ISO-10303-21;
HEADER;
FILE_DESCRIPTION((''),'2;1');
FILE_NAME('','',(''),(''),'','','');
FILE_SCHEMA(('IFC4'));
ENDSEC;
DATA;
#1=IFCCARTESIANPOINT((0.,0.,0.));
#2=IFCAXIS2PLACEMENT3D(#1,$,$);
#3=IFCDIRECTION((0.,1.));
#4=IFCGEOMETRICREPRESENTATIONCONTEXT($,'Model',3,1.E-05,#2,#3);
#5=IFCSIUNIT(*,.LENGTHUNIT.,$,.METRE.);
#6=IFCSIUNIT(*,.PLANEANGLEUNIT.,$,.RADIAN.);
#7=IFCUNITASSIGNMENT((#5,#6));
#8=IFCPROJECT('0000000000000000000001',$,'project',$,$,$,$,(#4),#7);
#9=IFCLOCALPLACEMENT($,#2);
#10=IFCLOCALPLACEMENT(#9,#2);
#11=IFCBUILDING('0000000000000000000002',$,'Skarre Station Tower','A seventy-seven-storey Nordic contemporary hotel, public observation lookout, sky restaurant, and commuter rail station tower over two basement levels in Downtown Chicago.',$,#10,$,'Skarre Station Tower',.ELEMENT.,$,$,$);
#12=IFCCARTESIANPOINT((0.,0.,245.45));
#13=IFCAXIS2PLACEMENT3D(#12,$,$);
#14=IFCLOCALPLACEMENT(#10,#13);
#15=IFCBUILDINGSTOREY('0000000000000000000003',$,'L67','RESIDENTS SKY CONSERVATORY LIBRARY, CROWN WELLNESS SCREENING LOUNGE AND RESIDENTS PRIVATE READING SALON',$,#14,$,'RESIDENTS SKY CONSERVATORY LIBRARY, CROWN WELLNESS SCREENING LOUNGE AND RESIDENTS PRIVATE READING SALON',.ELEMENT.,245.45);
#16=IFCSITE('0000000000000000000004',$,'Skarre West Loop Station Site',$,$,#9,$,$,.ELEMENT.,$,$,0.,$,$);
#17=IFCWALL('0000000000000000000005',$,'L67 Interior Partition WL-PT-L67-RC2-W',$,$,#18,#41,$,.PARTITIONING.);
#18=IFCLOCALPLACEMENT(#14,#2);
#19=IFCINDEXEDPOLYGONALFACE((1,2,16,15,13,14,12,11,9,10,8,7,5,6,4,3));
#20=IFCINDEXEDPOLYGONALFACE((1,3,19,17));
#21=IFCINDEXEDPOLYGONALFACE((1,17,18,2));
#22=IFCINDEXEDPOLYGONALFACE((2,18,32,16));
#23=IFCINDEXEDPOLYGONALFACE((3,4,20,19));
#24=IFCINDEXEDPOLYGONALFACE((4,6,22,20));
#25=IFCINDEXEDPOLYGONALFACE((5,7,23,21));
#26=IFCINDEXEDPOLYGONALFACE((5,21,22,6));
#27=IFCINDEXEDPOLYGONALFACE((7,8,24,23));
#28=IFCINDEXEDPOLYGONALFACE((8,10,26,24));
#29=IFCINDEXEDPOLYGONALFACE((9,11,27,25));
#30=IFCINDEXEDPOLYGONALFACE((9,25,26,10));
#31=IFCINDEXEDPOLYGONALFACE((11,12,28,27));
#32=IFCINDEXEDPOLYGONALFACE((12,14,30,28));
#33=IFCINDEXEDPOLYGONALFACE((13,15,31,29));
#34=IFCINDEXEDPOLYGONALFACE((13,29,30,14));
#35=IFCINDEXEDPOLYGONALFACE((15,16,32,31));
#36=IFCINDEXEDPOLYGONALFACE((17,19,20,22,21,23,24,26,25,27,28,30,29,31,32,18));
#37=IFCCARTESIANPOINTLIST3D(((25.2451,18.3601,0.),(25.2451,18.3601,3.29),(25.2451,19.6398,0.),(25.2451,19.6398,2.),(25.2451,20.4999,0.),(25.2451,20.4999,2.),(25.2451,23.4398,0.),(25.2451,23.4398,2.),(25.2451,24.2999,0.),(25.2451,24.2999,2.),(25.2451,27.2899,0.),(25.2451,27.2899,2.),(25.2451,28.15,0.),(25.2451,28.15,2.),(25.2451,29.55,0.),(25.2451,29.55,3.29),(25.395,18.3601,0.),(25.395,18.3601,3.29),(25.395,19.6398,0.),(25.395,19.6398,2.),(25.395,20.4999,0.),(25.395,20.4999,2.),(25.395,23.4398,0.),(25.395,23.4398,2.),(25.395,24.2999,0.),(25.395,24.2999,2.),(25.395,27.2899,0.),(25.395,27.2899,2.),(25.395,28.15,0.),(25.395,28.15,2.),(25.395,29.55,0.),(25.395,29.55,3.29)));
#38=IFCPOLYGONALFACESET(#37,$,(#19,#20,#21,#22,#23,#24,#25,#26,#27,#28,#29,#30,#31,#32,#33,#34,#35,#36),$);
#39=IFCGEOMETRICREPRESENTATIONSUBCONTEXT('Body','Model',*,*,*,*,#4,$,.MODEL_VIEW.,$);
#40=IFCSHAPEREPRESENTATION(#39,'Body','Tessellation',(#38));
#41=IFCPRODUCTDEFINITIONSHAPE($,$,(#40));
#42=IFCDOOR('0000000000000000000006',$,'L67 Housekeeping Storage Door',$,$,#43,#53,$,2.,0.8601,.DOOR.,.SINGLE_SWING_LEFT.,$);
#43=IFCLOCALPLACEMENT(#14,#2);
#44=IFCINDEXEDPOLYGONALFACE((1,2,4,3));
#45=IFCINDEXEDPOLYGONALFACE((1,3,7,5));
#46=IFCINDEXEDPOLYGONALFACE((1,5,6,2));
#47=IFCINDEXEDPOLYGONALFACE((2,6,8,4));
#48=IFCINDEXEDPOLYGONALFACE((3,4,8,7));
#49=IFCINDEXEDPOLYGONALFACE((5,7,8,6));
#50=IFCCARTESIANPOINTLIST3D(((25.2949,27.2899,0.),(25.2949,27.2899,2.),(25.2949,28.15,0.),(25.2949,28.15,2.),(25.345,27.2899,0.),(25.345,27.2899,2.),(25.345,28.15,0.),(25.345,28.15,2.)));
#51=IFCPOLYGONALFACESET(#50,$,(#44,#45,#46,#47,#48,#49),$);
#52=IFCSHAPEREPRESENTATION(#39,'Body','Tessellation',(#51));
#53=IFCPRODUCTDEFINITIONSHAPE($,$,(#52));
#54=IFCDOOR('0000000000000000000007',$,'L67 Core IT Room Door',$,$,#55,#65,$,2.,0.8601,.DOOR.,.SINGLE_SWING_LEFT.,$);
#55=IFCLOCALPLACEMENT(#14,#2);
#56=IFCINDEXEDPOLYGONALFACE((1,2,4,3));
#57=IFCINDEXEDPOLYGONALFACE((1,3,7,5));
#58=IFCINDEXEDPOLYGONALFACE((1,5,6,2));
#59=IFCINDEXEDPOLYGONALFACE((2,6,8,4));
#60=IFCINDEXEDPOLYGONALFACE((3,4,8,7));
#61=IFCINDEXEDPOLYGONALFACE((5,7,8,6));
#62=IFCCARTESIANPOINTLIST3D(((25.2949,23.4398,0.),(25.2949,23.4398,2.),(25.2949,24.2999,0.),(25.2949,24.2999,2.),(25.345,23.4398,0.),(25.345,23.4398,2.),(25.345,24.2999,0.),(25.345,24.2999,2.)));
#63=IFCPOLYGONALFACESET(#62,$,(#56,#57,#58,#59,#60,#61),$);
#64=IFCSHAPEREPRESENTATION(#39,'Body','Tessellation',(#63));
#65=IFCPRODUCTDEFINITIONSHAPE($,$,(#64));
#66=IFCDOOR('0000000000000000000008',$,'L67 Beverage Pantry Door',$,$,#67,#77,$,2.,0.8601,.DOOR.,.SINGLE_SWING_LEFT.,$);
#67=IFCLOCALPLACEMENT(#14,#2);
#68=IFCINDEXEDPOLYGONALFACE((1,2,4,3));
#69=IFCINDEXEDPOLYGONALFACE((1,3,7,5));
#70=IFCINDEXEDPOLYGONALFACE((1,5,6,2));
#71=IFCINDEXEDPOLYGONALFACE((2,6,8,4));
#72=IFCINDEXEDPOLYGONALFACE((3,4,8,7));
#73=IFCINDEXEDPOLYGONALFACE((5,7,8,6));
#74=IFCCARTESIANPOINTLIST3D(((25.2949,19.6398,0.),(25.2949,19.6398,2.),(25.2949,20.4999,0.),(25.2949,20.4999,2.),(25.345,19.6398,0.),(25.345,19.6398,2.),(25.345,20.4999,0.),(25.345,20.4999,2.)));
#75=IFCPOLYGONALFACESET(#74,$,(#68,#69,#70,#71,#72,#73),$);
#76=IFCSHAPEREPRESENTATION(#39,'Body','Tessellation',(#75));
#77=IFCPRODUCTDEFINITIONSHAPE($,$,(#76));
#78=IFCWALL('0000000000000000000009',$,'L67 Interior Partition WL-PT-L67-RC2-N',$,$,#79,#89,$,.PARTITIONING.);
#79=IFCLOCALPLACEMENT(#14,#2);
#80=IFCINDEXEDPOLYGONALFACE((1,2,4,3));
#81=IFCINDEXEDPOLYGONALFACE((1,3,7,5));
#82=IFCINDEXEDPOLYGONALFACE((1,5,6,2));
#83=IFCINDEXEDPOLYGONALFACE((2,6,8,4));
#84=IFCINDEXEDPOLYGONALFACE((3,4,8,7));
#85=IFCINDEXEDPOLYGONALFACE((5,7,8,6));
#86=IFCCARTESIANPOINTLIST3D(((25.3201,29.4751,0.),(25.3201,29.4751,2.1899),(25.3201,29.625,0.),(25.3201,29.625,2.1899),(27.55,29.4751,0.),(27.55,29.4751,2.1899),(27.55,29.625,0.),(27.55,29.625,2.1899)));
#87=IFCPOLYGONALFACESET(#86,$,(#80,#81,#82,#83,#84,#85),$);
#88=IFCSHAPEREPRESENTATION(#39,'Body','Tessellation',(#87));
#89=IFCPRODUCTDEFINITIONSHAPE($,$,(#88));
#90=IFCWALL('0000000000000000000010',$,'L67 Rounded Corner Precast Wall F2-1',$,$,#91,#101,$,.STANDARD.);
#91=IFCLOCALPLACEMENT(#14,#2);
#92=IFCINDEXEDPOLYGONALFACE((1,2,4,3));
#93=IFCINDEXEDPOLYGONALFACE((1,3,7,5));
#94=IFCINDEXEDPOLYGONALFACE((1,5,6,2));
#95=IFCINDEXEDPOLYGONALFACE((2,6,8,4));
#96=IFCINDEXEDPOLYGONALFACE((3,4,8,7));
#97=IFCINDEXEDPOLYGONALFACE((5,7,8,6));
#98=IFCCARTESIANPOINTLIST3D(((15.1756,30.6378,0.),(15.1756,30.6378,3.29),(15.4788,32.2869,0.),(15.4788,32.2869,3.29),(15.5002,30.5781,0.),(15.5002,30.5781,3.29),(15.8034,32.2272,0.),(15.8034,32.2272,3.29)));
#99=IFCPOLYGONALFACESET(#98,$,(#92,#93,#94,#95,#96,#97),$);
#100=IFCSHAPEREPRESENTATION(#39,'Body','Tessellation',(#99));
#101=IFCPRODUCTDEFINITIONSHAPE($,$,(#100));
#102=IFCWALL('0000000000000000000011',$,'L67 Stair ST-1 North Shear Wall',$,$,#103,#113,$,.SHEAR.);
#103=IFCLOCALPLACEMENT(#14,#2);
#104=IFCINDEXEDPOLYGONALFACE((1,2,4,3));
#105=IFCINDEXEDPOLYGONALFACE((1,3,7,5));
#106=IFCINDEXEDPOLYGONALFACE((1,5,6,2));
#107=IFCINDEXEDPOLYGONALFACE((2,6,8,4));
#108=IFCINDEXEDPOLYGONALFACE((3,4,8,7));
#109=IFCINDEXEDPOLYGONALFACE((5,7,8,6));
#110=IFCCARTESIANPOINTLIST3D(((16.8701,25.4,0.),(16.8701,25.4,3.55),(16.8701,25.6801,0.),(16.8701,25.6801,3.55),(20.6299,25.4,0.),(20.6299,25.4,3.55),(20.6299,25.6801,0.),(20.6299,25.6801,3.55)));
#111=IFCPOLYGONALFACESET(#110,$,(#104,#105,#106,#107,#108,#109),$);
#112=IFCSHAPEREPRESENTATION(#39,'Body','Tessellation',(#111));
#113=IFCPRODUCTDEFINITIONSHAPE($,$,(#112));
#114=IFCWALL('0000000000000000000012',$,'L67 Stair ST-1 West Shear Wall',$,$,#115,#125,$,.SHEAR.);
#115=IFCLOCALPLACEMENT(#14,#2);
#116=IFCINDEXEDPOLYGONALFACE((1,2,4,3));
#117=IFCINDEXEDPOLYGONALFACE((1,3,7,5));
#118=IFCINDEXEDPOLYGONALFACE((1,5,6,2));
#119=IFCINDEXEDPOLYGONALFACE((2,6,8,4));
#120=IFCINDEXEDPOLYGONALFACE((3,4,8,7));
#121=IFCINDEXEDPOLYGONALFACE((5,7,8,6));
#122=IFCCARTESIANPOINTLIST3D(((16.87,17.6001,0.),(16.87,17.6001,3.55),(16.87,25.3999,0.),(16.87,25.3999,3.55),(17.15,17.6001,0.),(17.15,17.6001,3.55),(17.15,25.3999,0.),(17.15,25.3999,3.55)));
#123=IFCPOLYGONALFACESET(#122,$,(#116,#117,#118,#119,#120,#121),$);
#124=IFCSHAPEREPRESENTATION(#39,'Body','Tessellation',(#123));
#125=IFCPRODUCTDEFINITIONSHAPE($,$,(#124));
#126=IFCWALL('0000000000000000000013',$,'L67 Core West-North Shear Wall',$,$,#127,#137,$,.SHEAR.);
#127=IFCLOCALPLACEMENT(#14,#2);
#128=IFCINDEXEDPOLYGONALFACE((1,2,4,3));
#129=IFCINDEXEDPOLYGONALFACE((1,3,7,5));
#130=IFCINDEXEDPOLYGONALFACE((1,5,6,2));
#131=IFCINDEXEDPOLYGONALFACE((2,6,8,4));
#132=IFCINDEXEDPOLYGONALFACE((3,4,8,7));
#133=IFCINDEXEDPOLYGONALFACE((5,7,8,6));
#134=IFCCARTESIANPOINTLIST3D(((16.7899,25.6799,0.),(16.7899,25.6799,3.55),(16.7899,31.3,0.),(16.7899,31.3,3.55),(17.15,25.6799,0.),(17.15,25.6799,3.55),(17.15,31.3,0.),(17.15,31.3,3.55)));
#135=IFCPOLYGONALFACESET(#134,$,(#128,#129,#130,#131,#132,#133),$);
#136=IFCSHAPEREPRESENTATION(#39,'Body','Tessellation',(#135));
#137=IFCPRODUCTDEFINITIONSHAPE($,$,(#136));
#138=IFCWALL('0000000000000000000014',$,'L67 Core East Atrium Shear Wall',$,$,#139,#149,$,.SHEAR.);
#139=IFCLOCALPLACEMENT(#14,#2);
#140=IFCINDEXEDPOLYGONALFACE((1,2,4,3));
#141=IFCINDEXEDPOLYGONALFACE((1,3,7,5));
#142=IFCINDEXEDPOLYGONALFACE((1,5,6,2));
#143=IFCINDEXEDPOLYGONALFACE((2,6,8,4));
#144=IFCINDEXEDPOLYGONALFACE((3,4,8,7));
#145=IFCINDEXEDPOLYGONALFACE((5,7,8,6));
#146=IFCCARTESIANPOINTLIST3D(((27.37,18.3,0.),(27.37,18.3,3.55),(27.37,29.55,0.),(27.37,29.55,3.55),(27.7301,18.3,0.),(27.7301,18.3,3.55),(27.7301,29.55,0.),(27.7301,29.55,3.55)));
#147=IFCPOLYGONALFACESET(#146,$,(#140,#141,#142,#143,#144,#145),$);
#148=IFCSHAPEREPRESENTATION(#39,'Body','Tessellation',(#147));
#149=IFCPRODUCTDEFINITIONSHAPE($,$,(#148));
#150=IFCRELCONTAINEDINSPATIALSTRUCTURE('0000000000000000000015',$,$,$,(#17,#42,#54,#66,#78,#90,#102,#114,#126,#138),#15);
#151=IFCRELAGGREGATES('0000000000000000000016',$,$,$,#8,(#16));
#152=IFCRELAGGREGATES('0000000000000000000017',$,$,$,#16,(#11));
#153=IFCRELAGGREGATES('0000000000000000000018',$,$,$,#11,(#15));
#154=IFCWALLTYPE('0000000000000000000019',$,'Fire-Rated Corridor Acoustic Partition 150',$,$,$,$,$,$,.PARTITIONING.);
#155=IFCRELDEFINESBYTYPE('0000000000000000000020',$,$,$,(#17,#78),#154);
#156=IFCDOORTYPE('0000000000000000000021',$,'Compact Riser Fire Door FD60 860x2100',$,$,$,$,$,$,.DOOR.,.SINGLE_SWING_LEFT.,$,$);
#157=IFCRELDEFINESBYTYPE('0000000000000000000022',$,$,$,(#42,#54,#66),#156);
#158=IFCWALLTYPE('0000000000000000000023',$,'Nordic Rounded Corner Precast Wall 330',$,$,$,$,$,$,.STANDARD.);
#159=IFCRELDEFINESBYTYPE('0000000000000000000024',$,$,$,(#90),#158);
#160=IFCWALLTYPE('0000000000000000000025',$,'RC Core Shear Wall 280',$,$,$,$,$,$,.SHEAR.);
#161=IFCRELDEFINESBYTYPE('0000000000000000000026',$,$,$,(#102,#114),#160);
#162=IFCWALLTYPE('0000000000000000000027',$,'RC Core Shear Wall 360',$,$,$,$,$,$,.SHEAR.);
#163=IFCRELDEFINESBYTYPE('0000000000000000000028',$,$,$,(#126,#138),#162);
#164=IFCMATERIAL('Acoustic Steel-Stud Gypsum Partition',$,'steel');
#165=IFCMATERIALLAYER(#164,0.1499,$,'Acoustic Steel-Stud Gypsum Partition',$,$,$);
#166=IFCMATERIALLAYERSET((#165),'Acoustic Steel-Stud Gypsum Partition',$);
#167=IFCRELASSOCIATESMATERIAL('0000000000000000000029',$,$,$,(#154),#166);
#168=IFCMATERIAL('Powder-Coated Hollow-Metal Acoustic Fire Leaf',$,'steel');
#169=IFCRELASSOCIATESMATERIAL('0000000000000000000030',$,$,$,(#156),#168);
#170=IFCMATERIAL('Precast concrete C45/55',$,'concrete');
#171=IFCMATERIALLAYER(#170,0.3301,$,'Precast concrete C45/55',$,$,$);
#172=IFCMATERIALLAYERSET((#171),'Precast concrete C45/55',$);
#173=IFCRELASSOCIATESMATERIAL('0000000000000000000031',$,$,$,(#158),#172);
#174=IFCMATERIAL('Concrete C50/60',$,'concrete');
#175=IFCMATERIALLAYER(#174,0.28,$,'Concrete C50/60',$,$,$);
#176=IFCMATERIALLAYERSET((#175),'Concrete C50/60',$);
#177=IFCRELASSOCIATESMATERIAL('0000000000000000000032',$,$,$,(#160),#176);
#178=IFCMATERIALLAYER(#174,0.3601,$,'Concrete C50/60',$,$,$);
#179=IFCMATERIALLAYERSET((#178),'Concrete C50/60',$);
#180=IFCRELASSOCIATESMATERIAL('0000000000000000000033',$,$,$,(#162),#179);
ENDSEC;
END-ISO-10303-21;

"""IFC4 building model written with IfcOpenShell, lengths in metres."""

from ifc_helpers import new_model, si_unit, direction, frame, frame_2d, origin, place, context, subcontext, project, spatial, rectangle, extrude, material, layer, layer_set, type_object, element, fill, save


model = new_model("IFC4")

# Units and contexts
model_context = context("Model", 3, precision=1e-05, world=origin(), true_north=direction((0.0, 1.0)))
body_context = subcontext(model_context, "Body", "Model", "MODEL_VIEW")
ifc_project = project(units=[si_unit("LENGTHUNIT", "METRE"), si_unit("PLANEANGLEUNIT", "RADIAN")], contexts=[model_context])

# Site, building, storey
site_placement = place(None, origin())
site = spatial("IfcSite", under=ifc_project, at=site_placement, Name="Skarre West Loop Station Site", CompositionType="ELEMENT", RefElevation=0.0)
building_placement = place(site_placement, origin())
building = spatial("IfcBuilding", under=site, at=building_placement, Name="Skarre Station Tower", Description="A seventy-seven-storey Nordic contemporary hotel, public observation lookout, sky restaurant, and commuter rail station tower over two basement levels in Downtown Chicago.", LongName="Skarre Station Tower", CompositionType="ELEMENT")
storey_placement = place(building_placement, frame((0.0, 0.0, 245.45)))
storey = spatial("IfcBuildingStorey", under=building, at=storey_placement, Name="L67", Description="RESIDENTS SKY CONSERVATORY LIBRARY, CROWN WELLNESS SCREENING LOUNGE AND RESIDENTS PRIVATE READING SALON", LongName="RESIDENTS SKY CONSERVATORY LIBRARY, CROWN WELLNESS SCREENING LOUNGE AND RESIDENTS PRIVATE READING SALON", CompositionType="ELEMENT", Elevation=245.45)

# Shared definitions
ifc_material_1 = material(Name="Concrete C50/60", Category="concrete")

# Shared definitions
ifc_material_2 = material(Name="Acoustic Steel-Stud Gypsum Partition", Category="steel")
ifc_layer_1 = layer(ifc_material_2, 0.1499, Name="Acoustic Steel-Stud Gypsum Partition")
ifc_layer_set_1 = layer_set([ifc_layer_1], Name="Acoustic Steel-Stud Gypsum Partition")
wall_type_1 = type_object("IfcWallType", Name="Fire-Rated Corridor Acoustic Partition 150", PredefinedType="PARTITIONING", material=ifc_layer_set_1)

# Wall, openings, doors
wall_1_placement = place(storey_placement, frame((25.3201, 29.55, 0.0), z_axis=(0.0, 0.0, 1.0), x_axis=(0.0, -1.0, 0.0)))
wall_1 = element("IfcWall", 1, at=wall_1_placement, inside=storey, type_object=wall_type_1, Name="L67 Interior Partition WL-PT-L67-RC2-W", PredefinedType="PARTITIONING", context=body_context, shape_type="SweptSolid", body=[
    extrude(rectangle(XDim=11.1899, YDim=0.1499, at=frame_2d((5.595, 0.0))), origin(), (0.0, 0.0, 1.0), 3.29),
])
opening_1_placement = place(wall_1_placement, frame((1.3999, 0.0, 0.0)))
opening_1 = element("IfcOpeningElement", 2, at=opening_1_placement, cuts=wall_1, PredefinedType="OPENING", context=body_context, shape_type="SweptSolid", body=[
    extrude(rectangle(XDim=0.8601, YDim=2.0, at=frame_2d((0.4302, 1.0))), frame((0.0, 0.085, 0.0), z_axis=(0.0, -1.0, 0.0), x_axis=(1.0, 0.0, 0.0)), (0.0, 0.0, 1.0), 0.1699),
])
opening_2_placement = place(wall_1_placement, frame((5.25, 0.0, 0.0)))
opening_2 = element("IfcOpeningElement", 3, at=opening_2_placement, cuts=wall_1, PredefinedType="OPENING", context=body_context, shape_type="SweptSolid", body=[
    extrude(rectangle(XDim=0.8601, YDim=2.0, at=frame_2d((0.4302, 1.0))), frame((0.0, 0.085, 0.0), z_axis=(0.0, -1.0, 0.0), x_axis=(1.0, 0.0, 0.0)), (0.0, 0.0, 1.0), 0.1699),
])
opening_3_placement = place(wall_1_placement, frame((9.05, 0.0, 0.0)))
opening_3 = element("IfcOpeningElement", 4, at=opening_3_placement, cuts=wall_1, PredefinedType="OPENING", context=body_context, shape_type="SweptSolid", body=[
    extrude(rectangle(XDim=0.8601, YDim=2.0, at=frame_2d((0.4302, 1.0))), frame((0.0, 0.085, 0.0), z_axis=(0.0, -1.0, 0.0), x_axis=(1.0, 0.0, 0.0)), (0.0, 0.0, 1.0), 0.1699),
])
ifc_material_3 = material(Name="Powder-Coated Hollow-Metal Acoustic Fire Leaf", Category="steel")
door_type_1 = type_object("IfcDoorType", Name="Compact Riser Fire Door FD60 860x2100", OperationType="SINGLE_SWING_LEFT", PredefinedType="DOOR", material=ifc_material_3)
door_1_placement = place(opening_1_placement, origin())
door_1 = element("IfcDoor", 5, at=door_1_placement, inside=storey, type_object=door_type_1, Name="L67 Housekeeping Storage Door", OperationType="SINGLE_SWING_LEFT", OverallHeight=2.0, OverallWidth=0.8601, PredefinedType="DOOR", context=body_context, shape_type="SweptSolid", body=[
    extrude(rectangle(XDim=0.8601, YDim=2.0, at=frame_2d((0.4302, 1.0))), frame((0.0, 0.0249, 0.0), z_axis=(0.0, -1.0, 0.0), x_axis=(1.0, 0.0, 0.0)), (0.0, 0.0, 1.0), 0.05),
])
fill(opening_1, door_1)
door_2_placement = place(opening_2_placement, origin())
door_2 = element("IfcDoor", 6, at=door_2_placement, inside=storey, type_object=door_type_1, Name="L67 Core IT Room Door", OperationType="SINGLE_SWING_LEFT", OverallHeight=2.0, OverallWidth=0.8601, PredefinedType="DOOR", context=body_context, shape_type="SweptSolid", body=[
    extrude(rectangle(XDim=0.8601, YDim=2.0, at=frame_2d((0.4302, 1.0))), frame((0.0, 0.0249, 0.0), z_axis=(0.0, -1.0, 0.0), x_axis=(1.0, 0.0, 0.0)), (0.0, 0.0, 1.0), 0.05),
])
fill(opening_2, door_2)
door_3_placement = place(opening_3_placement, origin())
door_3 = element("IfcDoor", 7, at=door_3_placement, inside=storey, type_object=door_type_1, Name="L67 Beverage Pantry Door", OperationType="SINGLE_SWING_LEFT", OverallHeight=2.0, OverallWidth=0.8601, PredefinedType="DOOR", context=body_context, shape_type="SweptSolid", body=[
    extrude(rectangle(XDim=0.8601, YDim=2.0, at=frame_2d((0.4302, 1.0))), frame((0.0, 0.0249, 0.0), z_axis=(0.0, -1.0, 0.0), x_axis=(1.0, 0.0, 0.0)), (0.0, 0.0, 1.0), 0.05),
])
fill(opening_3, door_3)

# Walls
wall_2_placement = place(storey_placement, frame((27.55, 29.55, 0.0), z_axis=(0.0, 0.0, 1.0), x_axis=(-1.0, 0.0, 0.0)))
element("IfcWall", 8, at=wall_2_placement, inside=storey, type_object=wall_type_1, Name="L67 Interior Partition WL-PT-L67-RC2-N", PredefinedType="PARTITIONING", context=body_context, shape_type="SweptSolid", body=[
    extrude(rectangle(XDim=2.23, YDim=0.1499, at=frame_2d((1.115, 0.0))), origin(), (0.0, 0.0, 1.0), 2.1899),
])
ifc_material_4 = material(Name="Precast concrete C45/55", Category="concrete")
ifc_layer_2 = layer(ifc_material_4, 0.3301, Name="Precast concrete C45/55")
ifc_layer_set_2 = layer_set([ifc_layer_2], Name="Precast concrete C45/55")
wall_type_2 = type_object("IfcWallType", Name="Nordic Rounded Corner Precast Wall 330", PredefinedType="STANDARD", material=ifc_layer_set_2)
wall_3_placement = place(storey_placement, frame((15.3379, 30.6079, 0.0), z_axis=(0.0, 0.0, 1.0), x_axis=(0.180833, 0.983514, 0.0)))
element("IfcWall", 9, at=wall_3_placement, inside=storey, type_object=wall_type_2, Name="L67 Rounded Corner Precast Wall F2-1", PredefinedType="STANDARD", context=body_context, shape_type="SweptSolid", body=[
    extrude(rectangle(XDim=1.6768, YDim=0.3301, at=frame_2d((0.8384, 0.0))), origin(), (0.0, 0.0, 1.0), 3.29),
])
ifc_layer_3 = layer(ifc_material_1, 0.28, Name="Concrete C50/60")
ifc_layer_set_3 = layer_set([ifc_layer_3], Name="Concrete C50/60")
wall_type_3 = type_object("IfcWallType", Name="RC Core Shear Wall 280", PredefinedType="SHEAR", material=ifc_layer_set_3)
wall_4_placement = place(storey_placement, frame((20.6299, 25.54, 0.0), z_axis=(0.0, 0.0, 1.0), x_axis=(-1.0, 0.0, 0.0)))
element("IfcWall", 10, at=wall_4_placement, inside=storey, type_object=wall_type_3, Name="L67 Stair ST-1 North Shear Wall", PredefinedType="SHEAR", context=body_context, shape_type="SweptSolid", body=[
    extrude(rectangle(XDim=3.7598, YDim=0.28, at=frame_2d((1.8799, 0.0))), origin(), (0.0, 0.0, 1.0), 3.55),
])
wall_5_placement = place(storey_placement, frame((17.01, 25.3999, 0.0), z_axis=(0.0, 0.0, 1.0), x_axis=(0.0, -1.0, 0.0)))
element("IfcWall", 11, at=wall_5_placement, inside=storey, type_object=wall_type_3, Name="L67 Stair ST-1 West Shear Wall", PredefinedType="SHEAR", context=body_context, shape_type="SweptSolid", body=[
    extrude(rectangle(XDim=7.7998, YDim=0.28, at=frame_2d((3.8999, 0.0))), origin(), (0.0, 0.0, 1.0), 3.55),
])
ifc_layer_4 = layer(ifc_material_1, 0.3601, Name="Concrete C50/60")
ifc_layer_set_4 = layer_set([ifc_layer_4], Name="Concrete C50/60")
wall_type_4 = type_object("IfcWallType", Name="RC Core Shear Wall 360", PredefinedType="SHEAR", material=ifc_layer_set_4)
wall_6_placement = place(storey_placement, frame((16.97, 25.6799, 0.0), z_axis=(0.0, 0.0, 1.0), x_axis=(0.0, 1.0, 0.0)))
element("IfcWall", 12, at=wall_6_placement, inside=storey, type_object=wall_type_4, Name="L67 Core West-North Shear Wall", PredefinedType="SHEAR", context=body_context, shape_type="SweptSolid", body=[
    extrude(rectangle(XDim=5.6201, YDim=0.3601, at=frame_2d((2.8101, 0.0))), origin(), (0.0, 0.0, 1.0), 3.55),
])
wall_7_placement = place(storey_placement, frame((27.55, 29.55, 0.0), z_axis=(0.0, 0.0, 1.0), x_axis=(0.0, -1.0, 0.0)))
element("IfcWall", 13, at=wall_7_placement, inside=storey, type_object=wall_type_4, Name="L67 Core East Atrium Shear Wall", PredefinedType="SHEAR", context=body_context, shape_type="SweptSolid", body=[
    extrude(rectangle(XDim=11.25, YDim=0.3601, at=frame_2d((5.625, 0.0))), origin(), (0.0, 0.0, 1.0), 3.55),
])

save(model, "model.ifc")
